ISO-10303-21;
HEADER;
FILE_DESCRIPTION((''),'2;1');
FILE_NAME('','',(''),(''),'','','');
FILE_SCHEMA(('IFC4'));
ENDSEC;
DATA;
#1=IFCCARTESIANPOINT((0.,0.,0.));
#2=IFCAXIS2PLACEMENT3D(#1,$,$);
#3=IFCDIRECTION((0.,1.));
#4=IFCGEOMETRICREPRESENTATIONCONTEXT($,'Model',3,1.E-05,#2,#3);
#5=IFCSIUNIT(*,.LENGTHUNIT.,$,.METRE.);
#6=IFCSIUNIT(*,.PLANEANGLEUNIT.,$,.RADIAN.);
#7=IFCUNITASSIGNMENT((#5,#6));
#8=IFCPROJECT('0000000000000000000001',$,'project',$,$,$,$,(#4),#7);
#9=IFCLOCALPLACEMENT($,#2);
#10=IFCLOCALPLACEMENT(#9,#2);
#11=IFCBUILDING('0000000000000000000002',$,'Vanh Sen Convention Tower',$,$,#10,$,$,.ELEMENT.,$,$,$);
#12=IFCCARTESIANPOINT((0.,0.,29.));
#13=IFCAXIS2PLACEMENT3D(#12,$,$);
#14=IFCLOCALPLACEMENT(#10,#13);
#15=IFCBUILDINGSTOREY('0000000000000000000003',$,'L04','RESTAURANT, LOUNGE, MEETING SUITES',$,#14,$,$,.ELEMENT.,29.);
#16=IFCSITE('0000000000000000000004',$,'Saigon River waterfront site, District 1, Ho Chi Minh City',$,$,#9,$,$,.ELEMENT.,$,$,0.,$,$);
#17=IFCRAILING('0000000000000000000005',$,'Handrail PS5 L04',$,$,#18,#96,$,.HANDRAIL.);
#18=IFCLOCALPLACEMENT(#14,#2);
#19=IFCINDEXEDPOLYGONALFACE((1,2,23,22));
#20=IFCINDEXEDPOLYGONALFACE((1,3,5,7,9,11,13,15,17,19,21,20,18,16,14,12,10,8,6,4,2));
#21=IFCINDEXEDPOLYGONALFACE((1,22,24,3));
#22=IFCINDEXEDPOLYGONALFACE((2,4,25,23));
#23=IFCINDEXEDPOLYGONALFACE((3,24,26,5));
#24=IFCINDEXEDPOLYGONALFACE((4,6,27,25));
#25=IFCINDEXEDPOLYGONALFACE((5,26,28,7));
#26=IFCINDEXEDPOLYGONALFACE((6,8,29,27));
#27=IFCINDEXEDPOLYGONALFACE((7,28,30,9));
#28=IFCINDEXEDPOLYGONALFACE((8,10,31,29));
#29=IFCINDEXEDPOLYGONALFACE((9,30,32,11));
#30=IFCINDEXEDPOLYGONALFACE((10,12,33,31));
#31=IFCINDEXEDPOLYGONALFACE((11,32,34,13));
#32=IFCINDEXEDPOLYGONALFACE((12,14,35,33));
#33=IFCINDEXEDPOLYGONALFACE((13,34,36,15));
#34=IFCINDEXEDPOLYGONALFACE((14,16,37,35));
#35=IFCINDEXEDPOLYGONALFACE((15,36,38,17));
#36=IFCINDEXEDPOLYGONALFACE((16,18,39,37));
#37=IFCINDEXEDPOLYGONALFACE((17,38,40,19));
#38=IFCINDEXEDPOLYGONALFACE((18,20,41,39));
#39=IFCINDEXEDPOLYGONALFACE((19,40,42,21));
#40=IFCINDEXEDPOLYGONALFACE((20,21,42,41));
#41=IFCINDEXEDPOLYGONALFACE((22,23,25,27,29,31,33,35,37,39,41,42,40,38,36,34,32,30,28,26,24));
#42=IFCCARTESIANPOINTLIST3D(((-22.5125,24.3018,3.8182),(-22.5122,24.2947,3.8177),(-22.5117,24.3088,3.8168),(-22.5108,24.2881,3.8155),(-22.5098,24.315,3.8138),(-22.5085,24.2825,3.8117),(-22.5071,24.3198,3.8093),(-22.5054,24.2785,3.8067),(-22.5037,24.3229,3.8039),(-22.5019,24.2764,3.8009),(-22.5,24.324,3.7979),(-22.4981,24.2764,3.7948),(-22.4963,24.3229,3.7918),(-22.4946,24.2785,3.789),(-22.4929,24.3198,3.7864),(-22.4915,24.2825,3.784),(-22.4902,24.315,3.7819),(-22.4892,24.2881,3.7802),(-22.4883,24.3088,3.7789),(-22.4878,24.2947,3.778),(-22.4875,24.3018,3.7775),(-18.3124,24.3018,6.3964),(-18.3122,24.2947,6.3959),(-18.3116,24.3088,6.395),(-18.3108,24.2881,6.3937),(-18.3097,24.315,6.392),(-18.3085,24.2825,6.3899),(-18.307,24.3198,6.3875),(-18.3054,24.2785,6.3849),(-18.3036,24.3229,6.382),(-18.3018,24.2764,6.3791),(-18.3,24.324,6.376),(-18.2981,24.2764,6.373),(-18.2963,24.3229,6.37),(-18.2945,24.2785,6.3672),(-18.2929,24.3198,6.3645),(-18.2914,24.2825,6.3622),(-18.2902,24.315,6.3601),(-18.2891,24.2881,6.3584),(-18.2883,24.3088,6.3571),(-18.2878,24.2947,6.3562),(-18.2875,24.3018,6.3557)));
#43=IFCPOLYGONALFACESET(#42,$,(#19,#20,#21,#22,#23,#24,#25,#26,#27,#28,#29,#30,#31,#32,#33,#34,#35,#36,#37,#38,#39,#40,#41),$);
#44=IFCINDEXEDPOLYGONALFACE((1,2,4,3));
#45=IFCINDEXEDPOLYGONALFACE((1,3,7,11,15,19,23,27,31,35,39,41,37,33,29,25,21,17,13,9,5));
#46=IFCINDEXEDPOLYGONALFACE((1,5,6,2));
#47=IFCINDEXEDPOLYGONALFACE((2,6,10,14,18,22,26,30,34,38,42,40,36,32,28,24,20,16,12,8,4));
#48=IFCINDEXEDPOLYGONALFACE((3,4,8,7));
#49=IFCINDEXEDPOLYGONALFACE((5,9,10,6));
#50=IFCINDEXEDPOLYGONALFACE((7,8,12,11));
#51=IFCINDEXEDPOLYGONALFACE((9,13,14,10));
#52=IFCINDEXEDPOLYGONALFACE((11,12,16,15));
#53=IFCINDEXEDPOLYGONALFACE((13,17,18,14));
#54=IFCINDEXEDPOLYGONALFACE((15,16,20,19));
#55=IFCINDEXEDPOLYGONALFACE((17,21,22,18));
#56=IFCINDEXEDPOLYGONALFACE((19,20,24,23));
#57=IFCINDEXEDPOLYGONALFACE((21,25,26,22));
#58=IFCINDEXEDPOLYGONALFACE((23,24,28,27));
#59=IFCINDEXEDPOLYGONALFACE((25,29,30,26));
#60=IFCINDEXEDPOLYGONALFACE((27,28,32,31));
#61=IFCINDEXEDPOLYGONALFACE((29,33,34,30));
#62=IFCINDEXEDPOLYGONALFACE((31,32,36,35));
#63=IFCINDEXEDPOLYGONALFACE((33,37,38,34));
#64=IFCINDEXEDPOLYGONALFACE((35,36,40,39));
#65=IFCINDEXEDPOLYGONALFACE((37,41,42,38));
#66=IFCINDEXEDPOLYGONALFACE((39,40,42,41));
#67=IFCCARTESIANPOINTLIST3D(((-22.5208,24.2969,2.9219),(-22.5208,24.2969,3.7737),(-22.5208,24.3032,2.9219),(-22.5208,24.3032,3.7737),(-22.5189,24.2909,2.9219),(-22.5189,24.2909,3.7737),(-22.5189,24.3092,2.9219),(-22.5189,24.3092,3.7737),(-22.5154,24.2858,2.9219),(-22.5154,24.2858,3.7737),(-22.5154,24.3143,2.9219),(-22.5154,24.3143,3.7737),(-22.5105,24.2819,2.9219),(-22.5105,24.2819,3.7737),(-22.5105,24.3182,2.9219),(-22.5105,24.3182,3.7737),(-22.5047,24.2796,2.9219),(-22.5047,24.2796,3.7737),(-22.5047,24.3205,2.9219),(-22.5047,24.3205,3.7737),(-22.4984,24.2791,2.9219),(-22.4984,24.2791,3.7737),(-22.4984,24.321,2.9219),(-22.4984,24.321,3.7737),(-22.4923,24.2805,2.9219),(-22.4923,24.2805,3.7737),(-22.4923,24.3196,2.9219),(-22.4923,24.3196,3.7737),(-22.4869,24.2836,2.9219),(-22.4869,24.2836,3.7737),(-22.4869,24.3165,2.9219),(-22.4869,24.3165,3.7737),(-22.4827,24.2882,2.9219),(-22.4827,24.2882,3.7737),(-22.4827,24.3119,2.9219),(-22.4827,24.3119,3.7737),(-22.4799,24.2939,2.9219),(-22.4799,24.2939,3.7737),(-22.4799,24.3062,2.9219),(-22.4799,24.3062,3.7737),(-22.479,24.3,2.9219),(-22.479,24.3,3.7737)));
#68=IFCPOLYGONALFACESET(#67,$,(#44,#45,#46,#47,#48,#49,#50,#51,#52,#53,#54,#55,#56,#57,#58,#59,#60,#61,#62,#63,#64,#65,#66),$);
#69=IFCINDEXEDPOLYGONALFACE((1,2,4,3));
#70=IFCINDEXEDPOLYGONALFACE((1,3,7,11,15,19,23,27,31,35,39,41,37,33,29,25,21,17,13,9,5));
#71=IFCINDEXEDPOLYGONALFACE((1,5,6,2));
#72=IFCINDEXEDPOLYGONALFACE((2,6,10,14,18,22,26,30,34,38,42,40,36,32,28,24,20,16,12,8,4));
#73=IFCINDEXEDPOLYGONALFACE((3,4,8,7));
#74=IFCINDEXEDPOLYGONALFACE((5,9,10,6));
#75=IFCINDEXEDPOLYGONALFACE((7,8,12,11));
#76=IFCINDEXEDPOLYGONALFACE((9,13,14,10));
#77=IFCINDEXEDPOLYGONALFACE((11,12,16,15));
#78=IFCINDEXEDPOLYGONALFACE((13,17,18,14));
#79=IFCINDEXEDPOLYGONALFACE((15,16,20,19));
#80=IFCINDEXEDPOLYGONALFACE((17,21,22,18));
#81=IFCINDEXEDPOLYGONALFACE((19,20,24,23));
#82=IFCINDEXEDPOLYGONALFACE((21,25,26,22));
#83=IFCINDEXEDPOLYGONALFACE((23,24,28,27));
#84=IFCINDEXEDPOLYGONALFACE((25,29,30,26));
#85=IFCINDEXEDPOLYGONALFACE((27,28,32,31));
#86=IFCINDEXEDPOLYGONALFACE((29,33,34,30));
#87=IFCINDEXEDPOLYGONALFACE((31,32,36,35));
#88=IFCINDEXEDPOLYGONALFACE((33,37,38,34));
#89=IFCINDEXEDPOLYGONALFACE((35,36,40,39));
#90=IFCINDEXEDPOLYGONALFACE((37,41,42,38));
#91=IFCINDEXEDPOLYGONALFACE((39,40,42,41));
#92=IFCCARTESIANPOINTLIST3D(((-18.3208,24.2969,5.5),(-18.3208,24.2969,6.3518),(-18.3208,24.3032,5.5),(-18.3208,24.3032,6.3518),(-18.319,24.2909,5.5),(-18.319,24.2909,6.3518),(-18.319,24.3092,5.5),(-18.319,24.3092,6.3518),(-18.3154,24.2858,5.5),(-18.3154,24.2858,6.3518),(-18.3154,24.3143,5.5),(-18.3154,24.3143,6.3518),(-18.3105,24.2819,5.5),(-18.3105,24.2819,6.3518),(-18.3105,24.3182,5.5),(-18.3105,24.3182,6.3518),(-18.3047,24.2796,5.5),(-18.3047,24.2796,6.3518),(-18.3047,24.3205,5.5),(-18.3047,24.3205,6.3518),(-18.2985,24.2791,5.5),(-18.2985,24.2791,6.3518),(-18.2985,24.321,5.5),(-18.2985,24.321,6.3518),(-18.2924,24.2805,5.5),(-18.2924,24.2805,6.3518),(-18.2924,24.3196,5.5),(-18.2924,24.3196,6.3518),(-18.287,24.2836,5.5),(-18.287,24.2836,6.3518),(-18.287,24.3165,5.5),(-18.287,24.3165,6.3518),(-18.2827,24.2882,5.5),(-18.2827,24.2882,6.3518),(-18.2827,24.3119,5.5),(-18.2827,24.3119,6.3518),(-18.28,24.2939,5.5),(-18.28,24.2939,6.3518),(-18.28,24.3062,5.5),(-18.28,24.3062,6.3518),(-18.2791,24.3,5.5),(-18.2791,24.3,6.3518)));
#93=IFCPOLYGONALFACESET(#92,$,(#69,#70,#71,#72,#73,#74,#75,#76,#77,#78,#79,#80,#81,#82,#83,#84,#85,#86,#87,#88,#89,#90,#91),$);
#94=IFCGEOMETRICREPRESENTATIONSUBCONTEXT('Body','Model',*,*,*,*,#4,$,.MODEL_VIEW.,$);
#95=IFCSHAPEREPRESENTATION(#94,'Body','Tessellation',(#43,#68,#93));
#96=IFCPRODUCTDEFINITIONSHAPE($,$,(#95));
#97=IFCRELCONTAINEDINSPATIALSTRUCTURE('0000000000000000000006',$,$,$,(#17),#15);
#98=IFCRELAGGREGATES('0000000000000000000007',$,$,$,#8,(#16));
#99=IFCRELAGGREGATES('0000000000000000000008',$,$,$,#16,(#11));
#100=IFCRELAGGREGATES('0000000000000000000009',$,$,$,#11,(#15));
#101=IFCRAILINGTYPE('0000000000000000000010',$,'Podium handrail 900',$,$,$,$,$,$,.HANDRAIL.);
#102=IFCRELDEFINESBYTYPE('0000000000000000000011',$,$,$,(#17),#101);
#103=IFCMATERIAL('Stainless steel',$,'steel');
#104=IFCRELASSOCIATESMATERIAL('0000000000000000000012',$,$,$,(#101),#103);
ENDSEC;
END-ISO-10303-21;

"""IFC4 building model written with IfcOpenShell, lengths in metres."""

from ifc_helpers import new_model, si_unit, direction, frame, origin, origin_2d, place, context, subcontext, project, spatial, circle, extrude, material, type_object, element, save


model = new_model("IFC4")

# Units and contexts
model_context = context("Model", 3, precision=1e-05, world=origin(), true_north=direction((0.0, 1.0)))
body_context = subcontext(model_context, "Body", "Model", "MODEL_VIEW")
ifc_project = project(units=[si_unit("LENGTHUNIT", "METRE"), si_unit("PLANEANGLEUNIT", "RADIAN")], contexts=[model_context])

# Site, building, storey
site_placement = place(None, origin())
site = spatial("IfcSite", under=ifc_project, at=site_placement, Name="Saigon River waterfront site, District 1, Ho Chi Minh City", CompositionType="ELEMENT", RefElevation=0.0)
building_placement = place(site_placement, origin())
building = spatial("IfcBuilding", under=site, at=building_placement, Name="Vanh Sen Convention Tower", CompositionType="ELEMENT")
storey_placement = place(building_placement, frame((0.0, 0.0, 29.0)))
storey = spatial("IfcBuildingStorey", under=building, at=storey_placement, Name="L04", Description="RESTAURANT, LOUNGE, MEETING SUITES", CompositionType="ELEMENT", Elevation=29.0)

# Railing
ifc_material_1 = material(Name="Stainless steel", Category="steel")
railing_type = type_object("IfcRailingType", Name="Podium handrail 900", PredefinedType="HANDRAIL", material=ifc_material_1)
for number, where, name in (
    (1, (-22.5, 24.3, 2.9219), "Handrail PS5 L04"),
):
    element("IfcRailing", number, at=place(storey_placement, frame(where)), inside=storey, type_object=railing_type, Name=name, PredefinedType="HANDRAIL", context=body_context, shape_type="SweptSolid", body=[
        extrude(circle(Radius=0.0239, at=origin_2d()), frame((0.0, 0.0, 0.876), z_axis=(0.852243, 0.0, 0.523146), x_axis=(0.0, 1.0, 0.0)), (0.0, 0.0, 1.0), 4.9282),
        extrude(circle(Radius=0.021, at=origin_2d()), origin(), (0.0, 0.0, 1.0), 0.8518),
        extrude(circle(Radius=0.021, at=origin_2d()), frame((4.2, 0.0, 2.5781)), (0.0, 0.0, 1.0), 0.8518),
    ])

save(model, "model.ifc")
